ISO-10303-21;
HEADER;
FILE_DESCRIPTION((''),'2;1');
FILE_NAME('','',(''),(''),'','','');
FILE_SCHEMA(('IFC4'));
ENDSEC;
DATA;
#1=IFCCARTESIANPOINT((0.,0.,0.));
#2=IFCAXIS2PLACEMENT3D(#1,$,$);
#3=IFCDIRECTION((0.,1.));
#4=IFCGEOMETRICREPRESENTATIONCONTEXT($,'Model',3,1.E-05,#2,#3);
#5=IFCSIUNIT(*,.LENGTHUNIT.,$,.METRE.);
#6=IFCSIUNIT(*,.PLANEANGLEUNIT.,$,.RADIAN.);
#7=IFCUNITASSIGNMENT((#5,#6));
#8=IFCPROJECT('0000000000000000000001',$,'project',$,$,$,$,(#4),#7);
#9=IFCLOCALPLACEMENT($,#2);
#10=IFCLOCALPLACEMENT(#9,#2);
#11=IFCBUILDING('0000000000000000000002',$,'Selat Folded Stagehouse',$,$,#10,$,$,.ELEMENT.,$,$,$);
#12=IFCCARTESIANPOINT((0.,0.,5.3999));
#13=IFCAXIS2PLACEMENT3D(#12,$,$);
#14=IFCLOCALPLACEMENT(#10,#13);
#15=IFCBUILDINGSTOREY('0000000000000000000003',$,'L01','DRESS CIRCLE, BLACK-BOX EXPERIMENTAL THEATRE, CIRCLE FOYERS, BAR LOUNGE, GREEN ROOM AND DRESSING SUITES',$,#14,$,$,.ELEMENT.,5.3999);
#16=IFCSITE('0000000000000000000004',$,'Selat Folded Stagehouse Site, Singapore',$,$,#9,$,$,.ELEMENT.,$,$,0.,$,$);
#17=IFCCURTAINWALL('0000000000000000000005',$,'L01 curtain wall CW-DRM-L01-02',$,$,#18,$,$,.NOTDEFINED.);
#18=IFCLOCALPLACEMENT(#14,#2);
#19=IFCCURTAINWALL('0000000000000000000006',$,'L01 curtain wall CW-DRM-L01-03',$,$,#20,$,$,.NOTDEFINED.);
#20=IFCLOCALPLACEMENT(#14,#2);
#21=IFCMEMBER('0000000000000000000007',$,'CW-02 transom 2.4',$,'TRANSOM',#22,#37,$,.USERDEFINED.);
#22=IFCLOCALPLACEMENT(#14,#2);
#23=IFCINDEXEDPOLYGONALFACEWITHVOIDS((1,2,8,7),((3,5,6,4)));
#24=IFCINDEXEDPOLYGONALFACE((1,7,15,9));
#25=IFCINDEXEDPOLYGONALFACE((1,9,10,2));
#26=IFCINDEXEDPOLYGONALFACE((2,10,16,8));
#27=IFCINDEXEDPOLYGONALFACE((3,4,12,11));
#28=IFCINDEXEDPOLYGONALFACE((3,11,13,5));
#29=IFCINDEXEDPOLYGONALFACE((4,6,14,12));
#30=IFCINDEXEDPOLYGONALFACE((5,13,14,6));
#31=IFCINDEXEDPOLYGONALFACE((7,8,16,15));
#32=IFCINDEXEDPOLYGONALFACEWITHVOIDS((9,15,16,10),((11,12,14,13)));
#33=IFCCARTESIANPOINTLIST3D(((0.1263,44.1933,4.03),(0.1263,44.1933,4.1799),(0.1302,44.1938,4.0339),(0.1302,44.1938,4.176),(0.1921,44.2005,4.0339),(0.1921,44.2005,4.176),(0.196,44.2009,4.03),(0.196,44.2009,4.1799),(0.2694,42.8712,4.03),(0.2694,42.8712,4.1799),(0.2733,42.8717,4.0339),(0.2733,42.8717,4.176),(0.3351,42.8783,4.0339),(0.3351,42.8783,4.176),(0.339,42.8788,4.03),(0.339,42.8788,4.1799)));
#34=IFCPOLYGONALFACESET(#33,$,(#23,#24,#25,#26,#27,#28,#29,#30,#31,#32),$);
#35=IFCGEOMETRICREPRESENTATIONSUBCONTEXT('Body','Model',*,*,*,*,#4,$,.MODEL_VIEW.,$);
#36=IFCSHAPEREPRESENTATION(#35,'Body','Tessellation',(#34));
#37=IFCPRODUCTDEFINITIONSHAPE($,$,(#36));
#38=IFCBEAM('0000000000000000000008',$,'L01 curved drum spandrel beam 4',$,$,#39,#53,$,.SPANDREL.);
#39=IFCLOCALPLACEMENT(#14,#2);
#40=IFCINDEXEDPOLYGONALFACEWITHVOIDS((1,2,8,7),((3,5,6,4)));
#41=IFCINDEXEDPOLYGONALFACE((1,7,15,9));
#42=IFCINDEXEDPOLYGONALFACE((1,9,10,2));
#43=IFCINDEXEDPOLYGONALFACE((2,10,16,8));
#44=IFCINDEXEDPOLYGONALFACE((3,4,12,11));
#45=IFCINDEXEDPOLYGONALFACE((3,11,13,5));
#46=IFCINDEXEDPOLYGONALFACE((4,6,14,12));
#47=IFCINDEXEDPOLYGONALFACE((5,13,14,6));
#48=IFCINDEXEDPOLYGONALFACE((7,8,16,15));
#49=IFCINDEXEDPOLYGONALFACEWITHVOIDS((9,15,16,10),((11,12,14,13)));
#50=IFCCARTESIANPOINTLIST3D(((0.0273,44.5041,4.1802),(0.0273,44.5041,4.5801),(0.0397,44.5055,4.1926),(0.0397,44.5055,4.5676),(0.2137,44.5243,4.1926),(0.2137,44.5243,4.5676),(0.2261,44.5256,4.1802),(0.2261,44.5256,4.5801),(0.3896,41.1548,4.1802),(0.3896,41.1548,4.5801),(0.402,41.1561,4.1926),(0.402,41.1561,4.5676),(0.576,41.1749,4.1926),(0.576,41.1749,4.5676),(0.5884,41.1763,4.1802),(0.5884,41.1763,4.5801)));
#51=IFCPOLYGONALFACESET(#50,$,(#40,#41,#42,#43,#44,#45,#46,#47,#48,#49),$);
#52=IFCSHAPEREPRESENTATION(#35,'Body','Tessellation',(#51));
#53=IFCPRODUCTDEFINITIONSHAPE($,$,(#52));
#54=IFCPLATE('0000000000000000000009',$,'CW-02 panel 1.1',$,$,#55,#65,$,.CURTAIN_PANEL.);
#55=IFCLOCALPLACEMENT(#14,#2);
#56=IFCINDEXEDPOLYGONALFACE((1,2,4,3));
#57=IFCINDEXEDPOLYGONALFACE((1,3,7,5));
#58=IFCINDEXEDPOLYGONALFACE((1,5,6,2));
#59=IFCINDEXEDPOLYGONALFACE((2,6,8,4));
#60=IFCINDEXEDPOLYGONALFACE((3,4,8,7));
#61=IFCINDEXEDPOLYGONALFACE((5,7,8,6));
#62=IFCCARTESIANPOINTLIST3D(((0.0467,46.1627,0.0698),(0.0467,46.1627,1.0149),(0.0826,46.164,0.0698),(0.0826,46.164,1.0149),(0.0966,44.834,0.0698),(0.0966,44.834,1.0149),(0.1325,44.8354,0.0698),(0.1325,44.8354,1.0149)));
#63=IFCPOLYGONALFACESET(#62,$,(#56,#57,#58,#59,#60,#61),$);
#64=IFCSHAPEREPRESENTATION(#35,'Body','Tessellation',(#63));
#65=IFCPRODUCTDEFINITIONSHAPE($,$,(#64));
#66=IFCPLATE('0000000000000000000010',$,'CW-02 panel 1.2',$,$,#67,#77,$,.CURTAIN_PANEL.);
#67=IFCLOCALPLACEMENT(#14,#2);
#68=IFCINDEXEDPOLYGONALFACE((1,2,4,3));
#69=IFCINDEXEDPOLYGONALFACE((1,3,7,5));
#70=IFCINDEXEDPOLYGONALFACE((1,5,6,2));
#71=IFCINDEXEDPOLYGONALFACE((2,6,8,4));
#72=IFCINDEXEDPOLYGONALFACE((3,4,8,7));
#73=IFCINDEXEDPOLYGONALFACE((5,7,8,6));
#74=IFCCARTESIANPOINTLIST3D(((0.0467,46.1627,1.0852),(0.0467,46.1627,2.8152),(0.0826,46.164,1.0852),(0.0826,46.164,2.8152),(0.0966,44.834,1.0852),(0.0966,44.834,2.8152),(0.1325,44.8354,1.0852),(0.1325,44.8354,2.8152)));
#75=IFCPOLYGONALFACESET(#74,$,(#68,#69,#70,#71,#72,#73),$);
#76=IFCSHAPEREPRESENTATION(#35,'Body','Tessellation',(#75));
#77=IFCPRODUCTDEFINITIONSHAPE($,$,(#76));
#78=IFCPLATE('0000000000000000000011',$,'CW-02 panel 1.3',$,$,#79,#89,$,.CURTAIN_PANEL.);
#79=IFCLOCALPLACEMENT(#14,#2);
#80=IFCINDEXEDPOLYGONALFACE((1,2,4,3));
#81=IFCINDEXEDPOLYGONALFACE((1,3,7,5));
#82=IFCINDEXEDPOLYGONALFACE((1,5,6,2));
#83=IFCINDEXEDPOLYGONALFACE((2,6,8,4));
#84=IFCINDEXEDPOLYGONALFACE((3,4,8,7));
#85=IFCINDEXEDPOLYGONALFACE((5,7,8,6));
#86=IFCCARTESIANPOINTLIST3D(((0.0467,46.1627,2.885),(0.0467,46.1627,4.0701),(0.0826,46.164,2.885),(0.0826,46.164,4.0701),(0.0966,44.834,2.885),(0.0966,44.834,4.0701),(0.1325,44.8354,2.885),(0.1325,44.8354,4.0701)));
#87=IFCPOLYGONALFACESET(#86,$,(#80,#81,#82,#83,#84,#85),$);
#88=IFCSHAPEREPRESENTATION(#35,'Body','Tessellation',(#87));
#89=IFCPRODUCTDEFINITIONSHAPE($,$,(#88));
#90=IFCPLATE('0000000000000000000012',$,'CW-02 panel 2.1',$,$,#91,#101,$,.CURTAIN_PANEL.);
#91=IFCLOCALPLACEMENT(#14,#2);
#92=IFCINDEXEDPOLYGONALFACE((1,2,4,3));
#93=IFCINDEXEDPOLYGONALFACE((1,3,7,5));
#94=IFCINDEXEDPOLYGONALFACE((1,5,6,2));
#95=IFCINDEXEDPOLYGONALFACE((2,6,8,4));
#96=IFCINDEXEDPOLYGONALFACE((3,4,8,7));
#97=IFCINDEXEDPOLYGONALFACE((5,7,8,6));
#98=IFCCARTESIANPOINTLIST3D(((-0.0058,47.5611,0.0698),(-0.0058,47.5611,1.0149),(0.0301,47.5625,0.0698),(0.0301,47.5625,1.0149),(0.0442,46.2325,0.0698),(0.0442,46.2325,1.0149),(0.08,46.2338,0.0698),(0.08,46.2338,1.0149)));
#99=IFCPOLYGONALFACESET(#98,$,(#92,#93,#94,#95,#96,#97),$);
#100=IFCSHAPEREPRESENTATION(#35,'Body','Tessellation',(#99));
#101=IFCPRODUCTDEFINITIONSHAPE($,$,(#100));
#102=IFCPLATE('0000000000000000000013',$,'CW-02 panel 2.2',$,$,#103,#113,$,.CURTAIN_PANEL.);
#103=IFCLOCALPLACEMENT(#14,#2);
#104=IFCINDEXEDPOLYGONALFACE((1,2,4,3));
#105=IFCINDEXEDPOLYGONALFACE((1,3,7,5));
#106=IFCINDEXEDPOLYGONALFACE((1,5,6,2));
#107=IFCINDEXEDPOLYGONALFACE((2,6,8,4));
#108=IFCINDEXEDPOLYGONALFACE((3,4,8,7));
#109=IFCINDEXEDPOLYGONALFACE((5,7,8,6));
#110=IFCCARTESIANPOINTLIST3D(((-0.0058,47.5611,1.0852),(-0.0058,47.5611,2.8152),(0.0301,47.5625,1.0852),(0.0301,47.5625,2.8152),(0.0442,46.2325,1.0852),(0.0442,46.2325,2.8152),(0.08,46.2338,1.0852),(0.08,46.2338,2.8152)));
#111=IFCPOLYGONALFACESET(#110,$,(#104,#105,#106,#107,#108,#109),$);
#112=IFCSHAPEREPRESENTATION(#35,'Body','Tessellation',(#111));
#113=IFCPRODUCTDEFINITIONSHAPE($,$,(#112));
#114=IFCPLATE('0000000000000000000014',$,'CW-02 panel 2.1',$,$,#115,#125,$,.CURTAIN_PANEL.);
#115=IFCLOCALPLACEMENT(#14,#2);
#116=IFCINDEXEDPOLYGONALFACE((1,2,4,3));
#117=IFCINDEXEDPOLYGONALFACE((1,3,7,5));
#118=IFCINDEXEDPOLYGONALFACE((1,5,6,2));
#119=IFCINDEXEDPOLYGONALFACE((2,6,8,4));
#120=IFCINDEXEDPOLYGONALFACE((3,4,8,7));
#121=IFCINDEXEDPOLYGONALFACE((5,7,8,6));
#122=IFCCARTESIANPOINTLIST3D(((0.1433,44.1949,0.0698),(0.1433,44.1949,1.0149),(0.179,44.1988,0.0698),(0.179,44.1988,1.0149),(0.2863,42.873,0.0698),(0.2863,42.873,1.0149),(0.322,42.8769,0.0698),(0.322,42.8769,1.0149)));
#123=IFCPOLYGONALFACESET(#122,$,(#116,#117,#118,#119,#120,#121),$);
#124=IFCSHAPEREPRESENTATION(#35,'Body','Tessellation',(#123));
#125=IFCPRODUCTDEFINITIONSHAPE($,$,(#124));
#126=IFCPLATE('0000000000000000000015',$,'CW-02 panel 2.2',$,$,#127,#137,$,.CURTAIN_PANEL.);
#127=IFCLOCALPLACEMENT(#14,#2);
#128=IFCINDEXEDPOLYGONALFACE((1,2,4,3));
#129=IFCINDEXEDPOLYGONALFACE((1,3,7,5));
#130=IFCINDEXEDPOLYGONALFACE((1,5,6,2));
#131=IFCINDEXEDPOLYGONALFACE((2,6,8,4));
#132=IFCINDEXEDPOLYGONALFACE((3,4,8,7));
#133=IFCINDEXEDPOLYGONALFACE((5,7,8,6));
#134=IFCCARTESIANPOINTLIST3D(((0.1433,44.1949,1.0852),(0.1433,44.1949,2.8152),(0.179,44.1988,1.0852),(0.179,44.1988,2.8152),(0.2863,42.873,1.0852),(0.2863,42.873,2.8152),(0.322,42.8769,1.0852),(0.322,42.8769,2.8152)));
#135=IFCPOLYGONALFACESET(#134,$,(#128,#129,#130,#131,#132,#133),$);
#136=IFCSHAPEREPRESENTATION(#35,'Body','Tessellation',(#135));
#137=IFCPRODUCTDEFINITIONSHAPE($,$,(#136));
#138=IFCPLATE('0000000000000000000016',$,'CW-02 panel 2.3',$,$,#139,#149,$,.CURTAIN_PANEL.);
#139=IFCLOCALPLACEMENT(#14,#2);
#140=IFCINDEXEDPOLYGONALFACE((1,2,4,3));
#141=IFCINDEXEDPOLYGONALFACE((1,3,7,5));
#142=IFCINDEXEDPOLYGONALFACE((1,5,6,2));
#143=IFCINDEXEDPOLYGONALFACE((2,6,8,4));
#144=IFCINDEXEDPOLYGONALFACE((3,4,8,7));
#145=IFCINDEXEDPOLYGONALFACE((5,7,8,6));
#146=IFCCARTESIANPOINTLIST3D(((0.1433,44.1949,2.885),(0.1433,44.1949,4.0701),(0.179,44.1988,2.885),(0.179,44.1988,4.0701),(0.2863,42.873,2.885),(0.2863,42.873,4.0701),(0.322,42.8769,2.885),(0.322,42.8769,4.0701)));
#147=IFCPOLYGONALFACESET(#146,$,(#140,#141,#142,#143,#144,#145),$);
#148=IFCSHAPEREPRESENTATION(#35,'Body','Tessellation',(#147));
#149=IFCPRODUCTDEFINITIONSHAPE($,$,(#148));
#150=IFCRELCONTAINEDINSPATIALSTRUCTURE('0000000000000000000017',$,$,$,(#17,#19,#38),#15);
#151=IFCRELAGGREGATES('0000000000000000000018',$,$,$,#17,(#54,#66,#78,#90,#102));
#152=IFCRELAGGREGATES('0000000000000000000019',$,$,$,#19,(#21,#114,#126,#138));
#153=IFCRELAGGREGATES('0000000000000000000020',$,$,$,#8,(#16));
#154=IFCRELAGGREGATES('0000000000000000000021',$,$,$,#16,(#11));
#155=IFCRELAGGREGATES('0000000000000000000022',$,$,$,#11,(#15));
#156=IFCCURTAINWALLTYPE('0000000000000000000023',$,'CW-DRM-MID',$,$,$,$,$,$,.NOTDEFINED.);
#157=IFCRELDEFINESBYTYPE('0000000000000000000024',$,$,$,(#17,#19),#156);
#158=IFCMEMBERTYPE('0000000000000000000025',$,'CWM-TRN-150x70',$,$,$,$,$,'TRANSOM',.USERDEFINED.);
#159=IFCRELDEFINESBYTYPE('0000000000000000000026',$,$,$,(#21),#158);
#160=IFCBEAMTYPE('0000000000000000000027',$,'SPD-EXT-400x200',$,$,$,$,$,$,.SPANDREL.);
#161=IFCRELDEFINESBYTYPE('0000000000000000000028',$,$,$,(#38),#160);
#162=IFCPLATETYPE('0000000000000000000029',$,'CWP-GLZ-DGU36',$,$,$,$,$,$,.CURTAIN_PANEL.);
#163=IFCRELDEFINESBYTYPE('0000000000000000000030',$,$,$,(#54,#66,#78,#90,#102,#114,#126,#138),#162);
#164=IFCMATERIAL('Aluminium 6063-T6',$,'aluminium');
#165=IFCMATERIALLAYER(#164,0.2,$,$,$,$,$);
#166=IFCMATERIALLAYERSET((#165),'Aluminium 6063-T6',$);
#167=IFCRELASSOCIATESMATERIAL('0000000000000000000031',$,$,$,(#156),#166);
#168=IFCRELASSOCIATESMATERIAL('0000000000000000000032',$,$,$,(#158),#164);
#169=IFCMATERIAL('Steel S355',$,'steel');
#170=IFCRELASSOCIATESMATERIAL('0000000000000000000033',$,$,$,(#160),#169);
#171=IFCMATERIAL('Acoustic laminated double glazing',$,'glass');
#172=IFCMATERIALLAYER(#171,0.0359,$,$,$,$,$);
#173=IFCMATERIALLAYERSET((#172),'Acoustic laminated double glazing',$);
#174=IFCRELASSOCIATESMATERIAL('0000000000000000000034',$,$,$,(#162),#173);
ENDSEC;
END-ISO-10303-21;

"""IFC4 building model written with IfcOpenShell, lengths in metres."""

from ifc_helpers import new_model, si_unit, direction, frame, origin, origin_2d, place, context, subcontext, project, spatial, rectangle, hollow_rectangle, extrude, material, layer, layer_set, material_profile, profile_set, type_object, element, aggregate, save


model = new_model("IFC4")

# Units and contexts
model_context = context("Model", 3, precision=1e-05, world=origin(), true_north=direction((0.0, 1.0)))
body_context = subcontext(model_context, "Body", "Model", "MODEL_VIEW")
ifc_project = project(units=[si_unit("LENGTHUNIT", "METRE"), si_unit("PLANEANGLEUNIT", "RADIAN")], contexts=[model_context])

# Site, building, storey
site_placement = place(None, origin())
site = spatial("IfcSite", under=ifc_project, at=site_placement, Name="Selat Folded Stagehouse Site, Singapore", CompositionType="ELEMENT", RefElevation=0.0)
building_placement = place(site_placement, origin())
building = spatial("IfcBuilding", under=site, at=building_placement, Name="Selat Folded Stagehouse", CompositionType="ELEMENT")
storey_placement = place(building_placement, frame((0.0, 0.0, 5.3999)))
storey = spatial("IfcBuildingStorey", under=building, at=storey_placement, Name="L01", Description="DRESS CIRCLE, BLACK-BOX EXPERIMENTAL THEATRE, CIRCLE FOYERS, BAR LOUNGE, GREEN ROOM AND DRESSING SUITES", CompositionType="ELEMENT", Elevation=5.3999)

# Curtain walls, member
ifc_material_1 = material(Name="Aluminium 6063-T6", Category="aluminium")
ifc_layer_1 = layer(ifc_material_1, 0.2)
ifc_layer_set_1 = layer_set([ifc_layer_1], Name="Aluminium 6063-T6")
curtain_wall_type = type_object("IfcCurtainWallType", Name="CW-DRM-MID", PredefinedType="NOTDEFINED", material=ifc_layer_set_1)
curtain_wall_1_placement = place(storey_placement, origin())
curtain_wall_1 = element("IfcCurtainWall", 1, at=curtain_wall_1_placement, inside=storey, type_object=curtain_wall_type, Name="L01 curtain wall CW-DRM-L01-02", PredefinedType="NOTDEFINED")
ifc_material_profile_1 = material_profile(ifc_material_1, hollow_rectangle(XDim=0.0701, YDim=0.1499, WallThickness=0.0039, at=origin_2d()), Name="ALU 150x70x4.0")
ifc_profile_set_1 = profile_set([ifc_material_profile_1], Name="Aluminium 6063-T6")
member_type = type_object("IfcMemberType", Name="CWM-TRN-150x70", ElementType="TRANSOM", PredefinedType="USERDEFINED", material=ifc_profile_set_1)
curtain_wall_2_placement = place(storey_placement, origin())
curtain_wall_2 = element("IfcCurtainWall", 2, at=curtain_wall_2_placement, inside=storey, type_object=curtain_wall_type, Name="L01 curtain wall CW-DRM-L01-03", PredefinedType="NOTDEFINED")
member_1_placement = place(storey_placement, frame((0.3042, 42.875, 4.105), z_axis=(-0.10759, 0.994195, 0.0), x_axis=(-0.994195, -0.10759, 0.0)))
member_1 = element("IfcMember", 3, at=member_1_placement, type_object=member_type, Name="CW-02 transom 2.4", ObjectType="TRANSOM", PredefinedType="USERDEFINED", context=body_context, shape_type="SweptSolid", body=[
    extrude(hollow_rectangle(XDim=0.0701, YDim=0.1499, WallThickness=0.0039, at=origin_2d()), origin(), (0.0, 0.0, 1.0), 1.3298),
])

# Beam
ifc_material_2 = material(Name="Steel S355", Category="steel")
ifc_material_profile_2 = material_profile(ifc_material_2, hollow_rectangle(XDim=0.2, YDim=0.3999, WallThickness=0.0125, at=origin_2d()), Name="RHS 400x200x12.5")
ifc_profile_set_2 = profile_set([ifc_material_profile_2], Name="Steel S355")
beam_type = type_object("IfcBeamType", Name="SPD-EXT-400x200", PredefinedType="SPANDREL", material=ifc_profile_set_2)
beam_placement = place(storey_placement, frame((0.1267, 44.5149, 4.3801), z_axis=(0.107544, -0.9942, 0.0), x_axis=(0.9942, 0.107544, 0.0)))
element("IfcBeam", 4, at=beam_placement, inside=storey, type_object=beam_type, Name="L01 curved drum spandrel beam 4", PredefinedType="SPANDREL", context=body_context, shape_type="SweptSolid", body=[
    extrude(hollow_rectangle(XDim=0.2, YDim=0.3999, WallThickness=0.0125, at=origin_2d()), origin(), (0.0, 0.0, 1.0), 3.3689),
])

# Plates
ifc_material_3 = material(Name="Acoustic laminated double glazing", Category="glass")
ifc_layer_2 = layer(ifc_material_3, 0.0359)
ifc_layer_set_2 = layer_set([ifc_layer_2], Name="Acoustic laminated double glazing")
plate_type = type_object("IfcPlateType", Name="CWP-GLZ-DGU36", PredefinedType="CURTAIN_PANEL", material=ifc_layer_set_2)
plate_1_placement = place(storey_placement, frame((0.0896, 45.499, 0.0698), z_axis=(0.0, 0.0, 1.0), x_axis=(-0.037574, 0.999294, 0.0)))
plate_1 = element("IfcPlate", 5, at=plate_1_placement, type_object=plate_type, Name="CW-02 panel 1.1", PredefinedType="CURTAIN_PANEL", context=body_context, shape_type="SweptSolid", body=[
    extrude(rectangle(XDim=1.3296, YDim=0.0359, at=origin_2d()), origin(), (0.0, 0.0, 1.0), 0.9451),
])
plate_2_placement = place(storey_placement, frame((0.0896, 45.499, 1.0852), z_axis=(0.0, 0.0, 1.0), x_axis=(-0.037574, 0.999294, 0.0)))
plate_2 = element("IfcPlate", 6, at=plate_2_placement, type_object=plate_type, Name="CW-02 panel 1.2", PredefinedType="CURTAIN_PANEL", context=body_context, shape_type="SweptSolid", body=[
    extrude(rectangle(XDim=1.3296, YDim=0.0359, at=origin_2d()), origin(), (0.0, 0.0, 1.0), 1.73),
])
plate_3_placement = place(storey_placement, frame((0.0896, 45.499, 2.885), z_axis=(0.0, 0.0, 1.0), x_axis=(-0.037574, 0.999294, 0.0)))
plate_3 = element("IfcPlate", 7, at=plate_3_placement, type_object=plate_type, Name="CW-02 panel 1.3", PredefinedType="CURTAIN_PANEL", context=body_context, shape_type="SweptSolid", body=[
    extrude(rectangle(XDim=1.3296, YDim=0.0359, at=origin_2d()), origin(), (0.0, 0.0, 1.0), 1.1851),
])
plate_4_placement = place(storey_placement, frame((0.0371, 46.8975, 0.0698), z_axis=(0.0, 0.0, 1.0), x_axis=(-0.037574, 0.999294, 0.0)))
plate_4 = element("IfcPlate", 8, at=plate_4_placement, type_object=plate_type, Name="CW-02 panel 2.1", PredefinedType="CURTAIN_PANEL", context=body_context, shape_type="SweptSolid", body=[
    extrude(rectangle(XDim=1.3296, YDim=0.0359, at=origin_2d()), origin(), (0.0, 0.0, 1.0), 0.9451),
])
plate_5_placement = place(storey_placement, frame((0.0371, 46.8975, 1.0852), z_axis=(0.0, 0.0, 1.0), x_axis=(-0.037574, 0.999294, 0.0)))
plate_5 = element("IfcPlate", 9, at=plate_5_placement, type_object=plate_type, Name="CW-02 panel 2.2", PredefinedType="CURTAIN_PANEL", context=body_context, shape_type="SweptSolid", body=[
    extrude(rectangle(XDim=1.3296, YDim=0.0359, at=origin_2d()), origin(), (0.0, 0.0, 1.0), 1.73),
])
aggregate(curtain_wall_1, [plate_1, plate_2, plate_3, plate_4, plate_5])
plate_6_placement = place(storey_placement, frame((0.2327, 43.5359, 0.0698), z_axis=(0.0, 0.0, 1.0), x_axis=(-0.107558, 0.994199, 0.0)))
plate_6 = element("IfcPlate", 10, at=plate_6_placement, type_object=plate_type, Name="CW-02 panel 2.1", PredefinedType="CURTAIN_PANEL", context=body_context, shape_type="SweptSolid", body=[
    extrude(rectangle(XDim=1.3296, YDim=0.0359, at=origin_2d()), origin(), (0.0, 0.0, 1.0), 0.9451),
])
plate_7_placement = place(storey_placement, frame((0.2327, 43.5359, 1.0852), z_axis=(0.0, 0.0, 1.0), x_axis=(-0.107558, 0.994199, 0.0)))
plate_7 = element("IfcPlate", 11, at=plate_7_placement, type_object=plate_type, Name="CW-02 panel 2.2", PredefinedType="CURTAIN_PANEL", context=body_context, shape_type="SweptSolid", body=[
    extrude(rectangle(XDim=1.3296, YDim=0.0359, at=origin_2d()), origin(), (0.0, 0.0, 1.0), 1.73),
])
plate_8_placement = place(storey_placement, frame((0.2327, 43.5359, 2.885), z_axis=(0.0, 0.0, 1.0), x_axis=(-0.107558, 0.994199, 0.0)))
plate_8 = element("IfcPlate", 12, at=plate_8_placement, type_object=plate_type, Name="CW-02 panel 2.3", PredefinedType="CURTAIN_PANEL", context=body_context, shape_type="SweptSolid", body=[
    extrude(rectangle(XDim=1.3296, YDim=0.0359, at=origin_2d()), origin(), (0.0, 0.0, 1.0), 1.1851),
])
aggregate(curtain_wall_2, [member_1, plate_6, plate_7, plate_8])

save(model, "model.ifc")
